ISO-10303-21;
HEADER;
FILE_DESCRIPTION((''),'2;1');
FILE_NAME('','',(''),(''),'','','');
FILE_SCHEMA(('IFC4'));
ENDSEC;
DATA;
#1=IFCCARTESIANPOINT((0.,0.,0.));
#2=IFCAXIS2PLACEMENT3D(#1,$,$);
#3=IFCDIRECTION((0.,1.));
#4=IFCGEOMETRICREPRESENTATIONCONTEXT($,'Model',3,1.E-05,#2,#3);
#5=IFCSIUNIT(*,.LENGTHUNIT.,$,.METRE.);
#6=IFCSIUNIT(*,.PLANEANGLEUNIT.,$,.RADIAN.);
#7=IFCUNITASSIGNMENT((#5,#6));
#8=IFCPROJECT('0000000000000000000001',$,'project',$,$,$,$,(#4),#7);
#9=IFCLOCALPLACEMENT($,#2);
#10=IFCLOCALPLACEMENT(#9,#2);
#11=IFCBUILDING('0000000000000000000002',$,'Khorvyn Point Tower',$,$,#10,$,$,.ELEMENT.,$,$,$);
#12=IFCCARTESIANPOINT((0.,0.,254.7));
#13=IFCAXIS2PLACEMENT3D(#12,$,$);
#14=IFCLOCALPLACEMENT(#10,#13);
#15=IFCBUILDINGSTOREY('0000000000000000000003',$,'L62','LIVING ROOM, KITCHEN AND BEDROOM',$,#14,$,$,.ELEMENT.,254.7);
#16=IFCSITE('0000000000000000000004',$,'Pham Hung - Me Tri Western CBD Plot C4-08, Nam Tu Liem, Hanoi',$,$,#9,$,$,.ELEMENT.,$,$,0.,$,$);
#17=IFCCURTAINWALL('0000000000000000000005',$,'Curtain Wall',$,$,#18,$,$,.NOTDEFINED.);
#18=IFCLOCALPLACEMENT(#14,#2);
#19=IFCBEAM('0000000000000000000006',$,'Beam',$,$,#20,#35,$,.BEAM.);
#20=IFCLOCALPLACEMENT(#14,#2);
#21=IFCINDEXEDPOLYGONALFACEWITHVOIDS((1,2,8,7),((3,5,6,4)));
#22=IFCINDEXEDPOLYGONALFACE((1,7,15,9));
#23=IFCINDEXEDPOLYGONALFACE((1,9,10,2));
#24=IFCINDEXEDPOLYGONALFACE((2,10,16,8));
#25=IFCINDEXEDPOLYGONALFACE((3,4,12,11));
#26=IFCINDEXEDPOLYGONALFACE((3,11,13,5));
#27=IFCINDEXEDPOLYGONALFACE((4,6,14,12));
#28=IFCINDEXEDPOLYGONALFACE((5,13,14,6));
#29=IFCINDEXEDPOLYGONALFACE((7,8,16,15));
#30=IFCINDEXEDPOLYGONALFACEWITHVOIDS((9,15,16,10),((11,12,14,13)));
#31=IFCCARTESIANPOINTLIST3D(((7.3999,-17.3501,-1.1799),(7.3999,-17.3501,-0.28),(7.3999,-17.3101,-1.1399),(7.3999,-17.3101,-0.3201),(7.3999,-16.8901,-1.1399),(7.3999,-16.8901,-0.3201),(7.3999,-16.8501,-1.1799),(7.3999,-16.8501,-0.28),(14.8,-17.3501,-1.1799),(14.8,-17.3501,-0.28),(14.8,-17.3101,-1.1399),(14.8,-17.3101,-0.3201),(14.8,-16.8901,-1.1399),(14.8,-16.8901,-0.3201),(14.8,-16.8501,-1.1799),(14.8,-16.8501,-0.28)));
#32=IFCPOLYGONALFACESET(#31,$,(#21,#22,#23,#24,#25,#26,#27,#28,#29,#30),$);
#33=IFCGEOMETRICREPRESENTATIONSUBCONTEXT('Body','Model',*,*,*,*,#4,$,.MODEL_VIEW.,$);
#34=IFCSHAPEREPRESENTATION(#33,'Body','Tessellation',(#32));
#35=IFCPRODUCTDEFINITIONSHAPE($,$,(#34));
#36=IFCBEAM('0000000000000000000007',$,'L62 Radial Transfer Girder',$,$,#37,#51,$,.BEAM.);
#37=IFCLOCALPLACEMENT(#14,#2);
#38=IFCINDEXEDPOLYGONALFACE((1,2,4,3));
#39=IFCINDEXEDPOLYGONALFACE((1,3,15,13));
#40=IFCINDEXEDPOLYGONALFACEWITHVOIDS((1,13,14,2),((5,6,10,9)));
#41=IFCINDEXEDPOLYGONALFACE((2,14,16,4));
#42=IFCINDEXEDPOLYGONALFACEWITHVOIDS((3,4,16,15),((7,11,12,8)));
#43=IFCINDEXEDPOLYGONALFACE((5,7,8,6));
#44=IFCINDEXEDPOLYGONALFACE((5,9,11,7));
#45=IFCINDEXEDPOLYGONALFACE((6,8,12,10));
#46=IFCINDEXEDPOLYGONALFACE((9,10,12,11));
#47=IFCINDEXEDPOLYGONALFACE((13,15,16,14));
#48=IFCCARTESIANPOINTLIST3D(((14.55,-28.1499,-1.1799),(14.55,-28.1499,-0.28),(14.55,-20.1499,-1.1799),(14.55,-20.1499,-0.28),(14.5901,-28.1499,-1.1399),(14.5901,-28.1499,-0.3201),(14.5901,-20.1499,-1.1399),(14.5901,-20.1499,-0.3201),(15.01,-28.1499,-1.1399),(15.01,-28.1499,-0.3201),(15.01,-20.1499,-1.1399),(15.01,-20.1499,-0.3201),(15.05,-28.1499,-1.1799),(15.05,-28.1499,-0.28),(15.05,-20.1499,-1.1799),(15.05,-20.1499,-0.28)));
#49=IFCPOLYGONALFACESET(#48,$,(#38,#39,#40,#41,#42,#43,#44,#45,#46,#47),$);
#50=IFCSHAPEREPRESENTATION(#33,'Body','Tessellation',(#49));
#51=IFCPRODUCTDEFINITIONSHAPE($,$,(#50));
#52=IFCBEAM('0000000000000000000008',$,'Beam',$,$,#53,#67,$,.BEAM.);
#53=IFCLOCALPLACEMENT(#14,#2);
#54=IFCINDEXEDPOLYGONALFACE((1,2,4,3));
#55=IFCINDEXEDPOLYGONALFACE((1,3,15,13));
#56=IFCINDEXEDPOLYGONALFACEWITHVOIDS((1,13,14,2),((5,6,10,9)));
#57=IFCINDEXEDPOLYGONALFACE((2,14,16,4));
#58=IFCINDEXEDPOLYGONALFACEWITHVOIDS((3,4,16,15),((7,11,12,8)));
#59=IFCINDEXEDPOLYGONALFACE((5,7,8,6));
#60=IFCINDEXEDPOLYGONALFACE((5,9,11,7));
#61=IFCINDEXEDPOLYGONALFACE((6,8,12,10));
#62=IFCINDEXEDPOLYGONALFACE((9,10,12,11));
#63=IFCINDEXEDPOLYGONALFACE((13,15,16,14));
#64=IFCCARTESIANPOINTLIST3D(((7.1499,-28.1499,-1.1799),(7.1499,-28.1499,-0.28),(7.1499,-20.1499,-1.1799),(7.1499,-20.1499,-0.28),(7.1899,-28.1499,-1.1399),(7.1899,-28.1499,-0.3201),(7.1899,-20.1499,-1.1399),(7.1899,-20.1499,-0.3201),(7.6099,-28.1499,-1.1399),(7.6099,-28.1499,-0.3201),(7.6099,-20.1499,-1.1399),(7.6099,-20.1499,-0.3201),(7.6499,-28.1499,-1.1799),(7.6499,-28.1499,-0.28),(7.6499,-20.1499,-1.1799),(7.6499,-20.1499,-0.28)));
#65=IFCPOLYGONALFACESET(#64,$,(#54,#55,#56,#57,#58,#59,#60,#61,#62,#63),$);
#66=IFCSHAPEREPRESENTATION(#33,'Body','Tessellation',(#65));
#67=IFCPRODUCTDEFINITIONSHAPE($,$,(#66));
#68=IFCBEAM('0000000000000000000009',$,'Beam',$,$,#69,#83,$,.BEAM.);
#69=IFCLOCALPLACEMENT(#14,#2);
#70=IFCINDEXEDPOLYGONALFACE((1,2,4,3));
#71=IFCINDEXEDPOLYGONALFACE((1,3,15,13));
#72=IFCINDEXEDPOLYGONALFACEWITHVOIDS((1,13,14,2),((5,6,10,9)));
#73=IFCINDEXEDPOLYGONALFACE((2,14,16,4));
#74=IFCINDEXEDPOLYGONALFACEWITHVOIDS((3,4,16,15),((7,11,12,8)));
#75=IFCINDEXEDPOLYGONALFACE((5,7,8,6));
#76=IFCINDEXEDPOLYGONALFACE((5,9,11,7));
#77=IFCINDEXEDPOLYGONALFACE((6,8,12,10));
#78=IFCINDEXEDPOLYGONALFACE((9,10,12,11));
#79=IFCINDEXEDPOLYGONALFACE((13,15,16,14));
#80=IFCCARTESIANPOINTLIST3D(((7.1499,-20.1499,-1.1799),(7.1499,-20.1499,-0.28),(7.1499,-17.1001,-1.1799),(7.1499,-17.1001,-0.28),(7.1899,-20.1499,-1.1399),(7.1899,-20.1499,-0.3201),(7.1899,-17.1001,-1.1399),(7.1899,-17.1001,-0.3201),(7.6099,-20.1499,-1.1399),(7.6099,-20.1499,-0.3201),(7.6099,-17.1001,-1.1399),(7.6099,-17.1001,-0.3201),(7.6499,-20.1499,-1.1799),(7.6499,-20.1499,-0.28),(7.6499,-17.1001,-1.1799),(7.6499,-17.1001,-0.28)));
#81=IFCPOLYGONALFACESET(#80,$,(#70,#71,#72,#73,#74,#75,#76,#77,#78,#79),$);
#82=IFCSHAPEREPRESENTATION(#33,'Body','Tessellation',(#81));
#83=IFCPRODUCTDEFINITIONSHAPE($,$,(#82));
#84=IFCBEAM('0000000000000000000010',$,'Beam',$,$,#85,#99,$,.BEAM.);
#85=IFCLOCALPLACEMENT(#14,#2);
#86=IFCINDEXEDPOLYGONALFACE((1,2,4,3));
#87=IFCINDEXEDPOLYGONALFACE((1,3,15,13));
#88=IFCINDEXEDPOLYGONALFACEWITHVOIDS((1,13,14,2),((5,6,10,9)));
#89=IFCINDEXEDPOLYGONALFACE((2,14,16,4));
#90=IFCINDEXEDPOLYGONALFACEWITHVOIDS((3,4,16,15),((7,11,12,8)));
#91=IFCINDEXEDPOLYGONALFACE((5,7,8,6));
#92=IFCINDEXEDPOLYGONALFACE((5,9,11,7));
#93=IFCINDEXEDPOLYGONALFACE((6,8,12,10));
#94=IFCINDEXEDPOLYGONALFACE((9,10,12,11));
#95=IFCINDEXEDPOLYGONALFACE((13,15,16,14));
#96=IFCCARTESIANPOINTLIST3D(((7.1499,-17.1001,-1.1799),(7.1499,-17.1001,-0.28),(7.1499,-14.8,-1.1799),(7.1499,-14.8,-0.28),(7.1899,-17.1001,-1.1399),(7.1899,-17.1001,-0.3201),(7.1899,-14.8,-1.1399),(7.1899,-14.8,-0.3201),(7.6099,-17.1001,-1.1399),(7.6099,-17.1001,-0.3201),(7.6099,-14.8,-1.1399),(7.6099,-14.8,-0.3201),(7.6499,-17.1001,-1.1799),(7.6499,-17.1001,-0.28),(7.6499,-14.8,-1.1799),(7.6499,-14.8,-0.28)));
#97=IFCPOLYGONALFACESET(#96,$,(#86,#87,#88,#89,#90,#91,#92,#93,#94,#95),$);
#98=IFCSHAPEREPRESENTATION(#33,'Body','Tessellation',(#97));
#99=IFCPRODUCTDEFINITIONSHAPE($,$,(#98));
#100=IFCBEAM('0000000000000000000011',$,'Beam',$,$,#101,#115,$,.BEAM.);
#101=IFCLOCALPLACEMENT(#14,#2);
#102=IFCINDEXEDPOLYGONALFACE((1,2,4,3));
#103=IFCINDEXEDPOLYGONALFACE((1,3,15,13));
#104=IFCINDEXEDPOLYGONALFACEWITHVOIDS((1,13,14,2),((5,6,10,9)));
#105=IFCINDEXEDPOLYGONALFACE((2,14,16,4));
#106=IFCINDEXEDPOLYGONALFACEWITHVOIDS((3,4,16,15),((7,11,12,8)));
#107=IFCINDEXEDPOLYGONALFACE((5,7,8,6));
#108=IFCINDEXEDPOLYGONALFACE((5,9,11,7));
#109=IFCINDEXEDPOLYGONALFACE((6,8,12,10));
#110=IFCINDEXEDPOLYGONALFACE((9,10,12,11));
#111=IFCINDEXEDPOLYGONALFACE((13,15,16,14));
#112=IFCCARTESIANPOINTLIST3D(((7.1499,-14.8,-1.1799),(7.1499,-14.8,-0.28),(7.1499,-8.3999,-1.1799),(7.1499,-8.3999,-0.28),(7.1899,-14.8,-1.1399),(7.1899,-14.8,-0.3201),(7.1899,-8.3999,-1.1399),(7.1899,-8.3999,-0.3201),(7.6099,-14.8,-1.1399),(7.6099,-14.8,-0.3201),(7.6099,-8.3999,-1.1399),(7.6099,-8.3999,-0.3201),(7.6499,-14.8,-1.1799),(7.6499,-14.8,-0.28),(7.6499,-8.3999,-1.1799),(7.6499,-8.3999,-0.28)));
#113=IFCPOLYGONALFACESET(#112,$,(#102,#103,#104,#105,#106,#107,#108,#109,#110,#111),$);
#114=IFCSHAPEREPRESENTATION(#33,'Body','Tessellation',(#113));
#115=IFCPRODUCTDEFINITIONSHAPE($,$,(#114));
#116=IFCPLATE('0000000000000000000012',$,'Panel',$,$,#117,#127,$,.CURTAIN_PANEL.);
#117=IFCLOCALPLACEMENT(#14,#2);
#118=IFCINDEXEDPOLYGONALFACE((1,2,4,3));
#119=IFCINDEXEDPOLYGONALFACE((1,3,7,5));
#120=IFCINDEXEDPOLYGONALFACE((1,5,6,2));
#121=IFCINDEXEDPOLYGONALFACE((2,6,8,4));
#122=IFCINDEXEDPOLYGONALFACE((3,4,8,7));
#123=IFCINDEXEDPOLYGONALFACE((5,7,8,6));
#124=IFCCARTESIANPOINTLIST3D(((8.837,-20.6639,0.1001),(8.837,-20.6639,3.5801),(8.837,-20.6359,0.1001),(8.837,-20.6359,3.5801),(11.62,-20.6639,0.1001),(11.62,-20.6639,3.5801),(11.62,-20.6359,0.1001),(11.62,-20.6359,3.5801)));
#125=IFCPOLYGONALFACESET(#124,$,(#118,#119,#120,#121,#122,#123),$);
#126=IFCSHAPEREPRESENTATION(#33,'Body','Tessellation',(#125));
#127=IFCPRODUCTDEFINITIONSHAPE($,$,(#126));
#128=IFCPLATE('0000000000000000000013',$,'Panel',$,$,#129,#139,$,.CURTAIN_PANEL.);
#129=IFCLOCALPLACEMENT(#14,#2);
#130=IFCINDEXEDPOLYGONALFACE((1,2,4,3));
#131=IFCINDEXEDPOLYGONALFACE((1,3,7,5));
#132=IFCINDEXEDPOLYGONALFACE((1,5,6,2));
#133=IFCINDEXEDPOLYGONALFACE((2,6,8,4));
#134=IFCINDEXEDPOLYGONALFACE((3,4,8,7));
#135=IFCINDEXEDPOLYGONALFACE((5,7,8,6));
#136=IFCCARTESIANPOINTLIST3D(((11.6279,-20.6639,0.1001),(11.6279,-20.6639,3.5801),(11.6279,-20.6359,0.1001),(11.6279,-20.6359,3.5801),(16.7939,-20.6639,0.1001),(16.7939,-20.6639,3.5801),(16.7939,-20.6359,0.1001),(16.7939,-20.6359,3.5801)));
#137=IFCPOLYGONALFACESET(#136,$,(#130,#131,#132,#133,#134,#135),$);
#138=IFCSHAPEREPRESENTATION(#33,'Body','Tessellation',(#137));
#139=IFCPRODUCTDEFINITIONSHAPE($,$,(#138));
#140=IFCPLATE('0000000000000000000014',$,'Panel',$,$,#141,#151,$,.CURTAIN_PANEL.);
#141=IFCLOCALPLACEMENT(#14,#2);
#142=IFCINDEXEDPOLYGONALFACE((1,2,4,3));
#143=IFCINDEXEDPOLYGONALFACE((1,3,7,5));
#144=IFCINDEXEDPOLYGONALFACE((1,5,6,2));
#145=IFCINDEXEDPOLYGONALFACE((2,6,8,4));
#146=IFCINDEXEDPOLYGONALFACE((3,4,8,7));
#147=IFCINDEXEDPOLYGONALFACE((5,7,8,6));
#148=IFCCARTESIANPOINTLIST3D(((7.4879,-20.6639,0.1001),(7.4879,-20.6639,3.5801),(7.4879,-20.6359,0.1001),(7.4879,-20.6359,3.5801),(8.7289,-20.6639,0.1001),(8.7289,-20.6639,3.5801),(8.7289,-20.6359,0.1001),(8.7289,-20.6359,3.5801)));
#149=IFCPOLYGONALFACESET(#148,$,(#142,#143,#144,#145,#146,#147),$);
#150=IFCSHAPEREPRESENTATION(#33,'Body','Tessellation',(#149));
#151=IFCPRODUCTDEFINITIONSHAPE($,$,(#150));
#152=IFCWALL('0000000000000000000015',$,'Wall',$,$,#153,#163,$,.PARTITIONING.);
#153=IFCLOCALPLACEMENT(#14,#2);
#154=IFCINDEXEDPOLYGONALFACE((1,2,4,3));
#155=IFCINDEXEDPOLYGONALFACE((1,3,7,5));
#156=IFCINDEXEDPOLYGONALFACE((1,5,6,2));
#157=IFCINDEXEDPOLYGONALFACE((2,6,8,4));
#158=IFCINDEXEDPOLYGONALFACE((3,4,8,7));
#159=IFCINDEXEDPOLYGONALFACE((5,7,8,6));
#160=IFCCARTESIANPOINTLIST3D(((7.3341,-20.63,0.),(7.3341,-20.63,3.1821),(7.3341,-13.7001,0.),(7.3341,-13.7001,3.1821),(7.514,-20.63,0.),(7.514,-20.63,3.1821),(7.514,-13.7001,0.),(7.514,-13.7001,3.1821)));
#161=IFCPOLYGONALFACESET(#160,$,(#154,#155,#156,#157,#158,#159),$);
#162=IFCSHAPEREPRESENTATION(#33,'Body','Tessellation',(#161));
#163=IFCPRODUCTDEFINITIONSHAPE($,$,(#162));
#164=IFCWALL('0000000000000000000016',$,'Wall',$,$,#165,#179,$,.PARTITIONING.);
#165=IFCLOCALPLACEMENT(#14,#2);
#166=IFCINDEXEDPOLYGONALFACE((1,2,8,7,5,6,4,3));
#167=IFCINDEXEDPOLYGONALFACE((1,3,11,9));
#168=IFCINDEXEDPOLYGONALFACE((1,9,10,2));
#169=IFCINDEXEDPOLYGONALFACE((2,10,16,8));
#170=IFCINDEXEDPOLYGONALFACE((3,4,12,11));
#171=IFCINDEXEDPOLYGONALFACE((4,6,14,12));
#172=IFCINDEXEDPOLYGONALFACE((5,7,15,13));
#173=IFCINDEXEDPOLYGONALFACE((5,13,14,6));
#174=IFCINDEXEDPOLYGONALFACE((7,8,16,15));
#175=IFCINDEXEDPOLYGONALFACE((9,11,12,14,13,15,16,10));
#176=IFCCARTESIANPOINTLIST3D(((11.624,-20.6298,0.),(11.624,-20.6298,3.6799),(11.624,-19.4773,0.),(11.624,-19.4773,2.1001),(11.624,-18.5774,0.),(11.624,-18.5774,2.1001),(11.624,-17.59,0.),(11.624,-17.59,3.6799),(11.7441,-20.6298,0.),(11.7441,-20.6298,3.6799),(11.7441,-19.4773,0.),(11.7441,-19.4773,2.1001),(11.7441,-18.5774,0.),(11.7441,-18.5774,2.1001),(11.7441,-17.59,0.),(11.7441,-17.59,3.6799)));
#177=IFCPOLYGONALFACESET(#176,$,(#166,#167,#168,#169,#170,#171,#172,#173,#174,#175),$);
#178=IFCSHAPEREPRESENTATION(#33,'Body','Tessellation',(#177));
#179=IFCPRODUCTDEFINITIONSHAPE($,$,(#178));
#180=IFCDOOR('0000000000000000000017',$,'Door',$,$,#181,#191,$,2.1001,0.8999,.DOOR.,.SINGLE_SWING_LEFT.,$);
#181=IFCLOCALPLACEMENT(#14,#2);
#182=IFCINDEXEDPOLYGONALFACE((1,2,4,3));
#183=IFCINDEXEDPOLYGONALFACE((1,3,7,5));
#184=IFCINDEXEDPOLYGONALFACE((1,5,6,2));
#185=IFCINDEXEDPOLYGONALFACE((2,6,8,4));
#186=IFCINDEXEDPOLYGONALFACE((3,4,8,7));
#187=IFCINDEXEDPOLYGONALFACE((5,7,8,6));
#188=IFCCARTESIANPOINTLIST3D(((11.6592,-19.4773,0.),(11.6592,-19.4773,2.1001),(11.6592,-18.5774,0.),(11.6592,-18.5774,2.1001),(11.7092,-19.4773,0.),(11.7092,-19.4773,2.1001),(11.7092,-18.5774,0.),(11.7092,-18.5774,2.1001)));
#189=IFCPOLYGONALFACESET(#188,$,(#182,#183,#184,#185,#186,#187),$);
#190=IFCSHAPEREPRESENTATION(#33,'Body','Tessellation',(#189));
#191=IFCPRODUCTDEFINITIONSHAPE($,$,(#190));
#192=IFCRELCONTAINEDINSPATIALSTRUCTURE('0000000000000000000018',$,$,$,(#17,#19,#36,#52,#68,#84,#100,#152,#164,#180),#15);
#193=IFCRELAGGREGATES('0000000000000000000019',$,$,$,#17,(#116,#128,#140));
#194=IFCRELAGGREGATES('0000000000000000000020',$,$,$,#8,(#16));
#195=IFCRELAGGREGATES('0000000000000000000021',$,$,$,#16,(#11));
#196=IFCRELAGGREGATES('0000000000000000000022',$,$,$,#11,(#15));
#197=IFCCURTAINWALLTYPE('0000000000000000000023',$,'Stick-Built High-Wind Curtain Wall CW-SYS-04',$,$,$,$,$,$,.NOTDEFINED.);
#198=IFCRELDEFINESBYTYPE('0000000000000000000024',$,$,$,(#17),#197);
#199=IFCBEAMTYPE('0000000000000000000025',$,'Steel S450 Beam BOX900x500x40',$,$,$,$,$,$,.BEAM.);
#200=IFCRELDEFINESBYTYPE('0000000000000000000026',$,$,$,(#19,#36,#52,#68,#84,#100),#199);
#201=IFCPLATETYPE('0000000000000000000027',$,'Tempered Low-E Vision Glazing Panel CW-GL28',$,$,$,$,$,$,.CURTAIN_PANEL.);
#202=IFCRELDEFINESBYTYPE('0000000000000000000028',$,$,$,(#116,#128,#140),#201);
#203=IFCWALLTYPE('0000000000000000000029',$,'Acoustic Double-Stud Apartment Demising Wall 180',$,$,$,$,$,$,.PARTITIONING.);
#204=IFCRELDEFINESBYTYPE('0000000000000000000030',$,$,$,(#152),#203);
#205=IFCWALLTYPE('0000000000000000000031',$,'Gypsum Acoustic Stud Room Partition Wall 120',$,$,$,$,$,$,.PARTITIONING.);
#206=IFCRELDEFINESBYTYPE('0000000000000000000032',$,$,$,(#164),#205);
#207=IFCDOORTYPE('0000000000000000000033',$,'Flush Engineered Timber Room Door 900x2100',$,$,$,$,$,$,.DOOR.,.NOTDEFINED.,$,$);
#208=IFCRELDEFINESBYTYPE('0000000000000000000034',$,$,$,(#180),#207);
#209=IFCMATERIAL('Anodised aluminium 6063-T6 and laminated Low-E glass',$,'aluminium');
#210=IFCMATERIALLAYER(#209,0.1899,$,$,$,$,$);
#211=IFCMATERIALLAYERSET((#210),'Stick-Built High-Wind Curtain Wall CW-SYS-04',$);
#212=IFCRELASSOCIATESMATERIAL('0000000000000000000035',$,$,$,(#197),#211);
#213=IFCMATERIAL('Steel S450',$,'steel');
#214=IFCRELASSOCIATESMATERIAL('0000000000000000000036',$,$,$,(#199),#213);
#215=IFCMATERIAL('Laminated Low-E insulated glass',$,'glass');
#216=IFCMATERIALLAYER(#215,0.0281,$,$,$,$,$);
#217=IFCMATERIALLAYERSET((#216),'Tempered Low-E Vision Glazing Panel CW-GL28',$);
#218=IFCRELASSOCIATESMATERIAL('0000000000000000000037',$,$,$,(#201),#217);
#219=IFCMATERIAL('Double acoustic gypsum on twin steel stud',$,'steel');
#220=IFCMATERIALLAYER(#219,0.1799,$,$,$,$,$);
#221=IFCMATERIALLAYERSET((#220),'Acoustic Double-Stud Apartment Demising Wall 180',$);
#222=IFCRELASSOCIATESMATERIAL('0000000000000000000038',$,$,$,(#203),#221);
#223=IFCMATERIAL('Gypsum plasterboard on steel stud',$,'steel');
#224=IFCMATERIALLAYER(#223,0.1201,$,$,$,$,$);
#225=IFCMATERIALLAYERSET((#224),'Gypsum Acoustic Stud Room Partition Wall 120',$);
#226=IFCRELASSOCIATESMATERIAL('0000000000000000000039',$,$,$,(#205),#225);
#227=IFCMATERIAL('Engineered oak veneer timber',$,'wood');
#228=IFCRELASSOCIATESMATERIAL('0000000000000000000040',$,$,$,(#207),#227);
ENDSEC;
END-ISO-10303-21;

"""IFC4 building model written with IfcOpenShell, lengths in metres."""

from ifc_helpers import new_model, si_unit, direction, frame, frame_2d, origin, origin_2d, place, context, subcontext, project, spatial, rectangle, hollow_rectangle, extrude, material, layer, layer_set, material_profile, profile_set, type_object, element, fill, aggregate, save


model = new_model("IFC4")

# Units and contexts
model_context = context("Model", 3, precision=1e-05, world=origin(), true_north=direction((0.0, 1.0)))
body_context = subcontext(model_context, "Body", "Model", "MODEL_VIEW")
ifc_project = project(units=[si_unit("LENGTHUNIT", "METRE"), si_unit("PLANEANGLEUNIT", "RADIAN")], contexts=[model_context])

# Site, building, storey
site_placement = place(None, origin())
site = spatial("IfcSite", under=ifc_project, at=site_placement, Name="Pham Hung - Me Tri Western CBD Plot C4-08, Nam Tu Liem, Hanoi", CompositionType="ELEMENT", RefElevation=0.0)
building_placement = place(site_placement, origin())
building = spatial("IfcBuilding", under=site, at=building_placement, Name="Khorvyn Point Tower", CompositionType="ELEMENT")
storey_placement = place(building_placement, frame((0.0, 0.0, 254.7)))
storey = spatial("IfcBuildingStorey", under=building, at=storey_placement, Name="L62", Description="LIVING ROOM, KITCHEN AND BEDROOM", CompositionType="ELEMENT", Elevation=254.7)

# Shared definitions
ifc_material_1 = material(Name="Steel S450", Category="steel")

# Curtain wall
ifc_material_2 = material(Name="Anodised aluminium 6063-T6 and laminated Low-E glass", Category="aluminium")
ifc_layer_1 = layer(ifc_material_2, 0.1899)
ifc_layer_set_1 = layer_set([ifc_layer_1], Name="Stick-Built High-Wind Curtain Wall CW-SYS-04")
curtain_wall_type = type_object("IfcCurtainWallType", Name="Stick-Built High-Wind Curtain Wall CW-SYS-04", PredefinedType="NOTDEFINED", material=ifc_layer_set_1)
curtain_wall_placement = place(storey_placement, origin())
curtain_wall = element("IfcCurtainWall", 1, at=curtain_wall_placement, inside=storey, type_object=curtain_wall_type, Name="Curtain Wall", PredefinedType="NOTDEFINED")

# Beams
ifc_material_profile_1 = material_profile(ifc_material_1, hollow_rectangle(XDim=0.5, YDim=0.8999, WallThickness=0.04, at=origin_2d()))
ifc_profile_set_1 = profile_set([ifc_material_profile_1], Name="Steel S450 BOX900x500x40")
beam_type_1 = type_object("IfcBeamType", Name="Steel S450 Beam BOX900x500x40", PredefinedType="BEAM", material=ifc_profile_set_1)
for number, where, z_axis, x_axis, name in (
    (2, (7.3999, -17.1001, -0.73), (1.0, 0.0, 0.0), (0.0, 1.0, 0.0), "Beam"),
):
    element("IfcBeam", number, at=place(storey_placement, frame(where, z_axis=z_axis, x_axis=x_axis)), inside=storey, type_object=beam_type_1, Name=name, PredefinedType="BEAM", context=body_context, shape_type="SweptSolid", body=[
        extrude(hollow_rectangle(XDim=0.5, YDim=0.8999, WallThickness=0.04, at=origin_2d()), origin(), (0.0, 0.0, 1.0), 7.4001),
    ])
for number, where, z_axis, x_axis, name in (
    (3, (14.8, -28.1499, -0.73), (0.0, 1.0, 0.0), (-1.0, 0.0, 0.0), "L62 Radial Transfer Girder"),
    (4, (7.3999, -28.1499, -0.73), (0.0, 1.0, 0.0), (-1.0, 0.0, 0.0), "Beam"),
):
    element("IfcBeam", number, at=place(storey_placement, frame(where, z_axis=z_axis, x_axis=x_axis)), inside=storey, type_object=beam_type_1, Name=name, PredefinedType="BEAM", context=body_context, shape_type="SweptSolid", body=[
        extrude(hollow_rectangle(XDim=0.5, YDim=0.8999, WallThickness=0.04, at=origin_2d()), origin(), (0.0, 0.0, 1.0), 8.0),
    ])
beam_1_placement = place(storey_placement, frame((7.3999, -20.1499, -0.73), z_axis=(0.0, 1.0, 0.0), x_axis=(-1.0, 0.0, 0.0)))
element("IfcBeam", 5, at=beam_1_placement, inside=storey, type_object=beam_type_1, Name="Beam", PredefinedType="BEAM", context=body_context, shape_type="SweptSolid", body=[
    extrude(hollow_rectangle(XDim=0.5, YDim=0.8999, WallThickness=0.04, at=origin_2d()), origin(), (0.0, 0.0, 1.0), 3.0498),
])
beam_2_placement = place(storey_placement, frame((7.3999, -17.1001, -0.73), z_axis=(0.0, 1.0, 0.0), x_axis=(-1.0, 0.0, 0.0)))
element("IfcBeam", 6, at=beam_2_placement, inside=storey, type_object=beam_type_1, Name="Beam", PredefinedType="BEAM", context=body_context, shape_type="SweptSolid", body=[
    extrude(hollow_rectangle(XDim=0.5, YDim=0.8999, WallThickness=0.04, at=origin_2d()), origin(), (0.0, 0.0, 1.0), 2.3),
])
beam_3_placement = place(storey_placement, frame((7.3999, -14.8, -0.73), z_axis=(0.0, 1.0, 0.0), x_axis=(-1.0, 0.0, 0.0)))
element("IfcBeam", 7, at=beam_3_placement, inside=storey, type_object=beam_type_1, Name="Beam", PredefinedType="BEAM", context=body_context, shape_type="SweptSolid", body=[
    extrude(hollow_rectangle(XDim=0.5, YDim=0.8999, WallThickness=0.04, at=origin_2d()), origin(), (0.0, 0.0, 1.0), 6.4001),
])

# Plates
ifc_material_3 = material(Name="Laminated Low-E insulated glass", Category="glass")
ifc_layer_2 = layer(ifc_material_3, 0.0281)
ifc_layer_set_2 = layer_set([ifc_layer_2], Name="Tempered Low-E Vision Glazing Panel CW-GL28")
plate_type = type_object("IfcPlateType", Name="Tempered Low-E Vision Glazing Panel CW-GL28", PredefinedType="CURTAIN_PANEL", material=ifc_layer_set_2)
plate_1_placement = place(storey_placement, frame((10.2285, -20.6499, 0.1001), z_axis=(0.0, 0.0, 1.0), x_axis=(-1.0, 0.0, 0.0)))
plate_1 = element("IfcPlate", 8, at=plate_1_placement, type_object=plate_type, Name="Panel", PredefinedType="CURTAIN_PANEL", context=body_context, shape_type="SweptSolid", body=[
    extrude(rectangle(XDim=2.783, YDim=0.0281, at=origin_2d()), origin(), (0.0, 0.0, 1.0), 3.48),
])
plate_2_placement = place(storey_placement, frame((14.2109, -20.6499, 0.1001), z_axis=(0.0, 0.0, 1.0), x_axis=(-1.0, 0.0, 0.0)))
plate_2 = element("IfcPlate", 9, at=plate_2_placement, type_object=plate_type, Name="Panel", PredefinedType="CURTAIN_PANEL", context=body_context, shape_type="SweptSolid", body=[
    extrude(rectangle(XDim=5.166, YDim=0.0281, at=origin_2d()), origin(), (0.0, 0.0, 1.0), 3.48),
])
plate_3_placement = place(storey_placement, frame((8.1084, -20.6499, 0.1001), z_axis=(0.0, 0.0, 1.0), x_axis=(-1.0, 0.0, 0.0)))
plate_3 = element("IfcPlate", 10, at=plate_3_placement, type_object=plate_type, Name="Panel", PredefinedType="CURTAIN_PANEL", context=body_context, shape_type="SweptSolid", body=[
    extrude(rectangle(XDim=1.241, YDim=0.0281, at=origin_2d()), origin(), (0.0, 0.0, 1.0), 3.48),
])
aggregate(curtain_wall, [plate_1, plate_2, plate_3])

# Wall
ifc_material_4 = material(Name="Double acoustic gypsum on twin steel stud", Category="steel")
ifc_layer_3 = layer(ifc_material_4, 0.1799)
ifc_layer_set_3 = layer_set([ifc_layer_3], Name="Acoustic Double-Stud Apartment Demising Wall 180")
wall_type_1 = type_object("IfcWallType", Name="Acoustic Double-Stud Apartment Demising Wall 180", PredefinedType="PARTITIONING", material=ifc_layer_set_3)
wall_1_placement = place(storey_placement, frame((7.4241, -20.6299, 0.0), z_axis=(0.0, 0.0, 1.0), x_axis=(0.0, 1.0, 0.0)))
element("IfcWall", 11, at=wall_1_placement, inside=storey, type_object=wall_type_1, Name="Wall", PredefinedType="PARTITIONING", context=body_context, shape_type="SweptSolid", body=[
    extrude(rectangle(XDim=6.9299, YDim=0.1799, at=frame_2d((3.4648, 0.0))), origin(), (0.0, 0.0, 1.0), 3.1821),
])

# Wall, opening, door
ifc_material_5 = material(Name="Gypsum plasterboard on steel stud", Category="steel")
ifc_layer_4 = layer(ifc_material_5, 0.1201)
ifc_layer_set_4 = layer_set([ifc_layer_4], Name="Gypsum Acoustic Stud Room Partition Wall 120")
wall_type_2 = type_object("IfcWallType", Name="Gypsum Acoustic Stud Room Partition Wall 120", PredefinedType="PARTITIONING", material=ifc_layer_set_4)
wall_2_placement = place(storey_placement, frame((11.6841, -20.6299, 0.0), z_axis=(0.0, 0.0, 1.0), x_axis=(0.0, 1.0, 0.0)))
wall_2 = element("IfcWall", 12, at=wall_2_placement, inside=storey, type_object=wall_type_2, Name="Wall", PredefinedType="PARTITIONING", context=body_context, shape_type="SweptSolid", body=[
    extrude(rectangle(XDim=3.0398, YDim=0.1201, at=frame_2d((1.52, 0.0))), origin(), (0.0, 0.0, 1.0), 3.6799),
])
opening_1_placement = place(wall_2_placement, frame((1.1526, 0.0, 0.0)))
opening_1 = element("IfcOpeningElement", 13, at=opening_1_placement, cuts=wall_2, PredefinedType="OPENING", context=body_context, shape_type="SweptSolid", body=[
    extrude(rectangle(XDim=0.8999, YDim=2.1001, at=frame_2d((0.45, 1.05))), frame((0.0, 0.0701, 0.0), z_axis=(0.0, -1.0, 0.0), x_axis=(1.0, 0.0, 0.0)), (0.0, 0.0, 1.0), 0.1401),
])
ifc_material_6 = material(Name="Engineered oak veneer timber", Category="wood")
door_type_1 = type_object("IfcDoorType", Name="Flush Engineered Timber Room Door 900x2100", OperationType="NOTDEFINED", PredefinedType="DOOR", material=ifc_material_6)
door_1_placement = place(opening_1_placement, origin())
door_1 = element("IfcDoor", 14, at=door_1_placement, inside=storey, type_object=door_type_1, Name="Door", OperationType="SINGLE_SWING_LEFT", OverallHeight=2.1001, OverallWidth=0.8999, PredefinedType="DOOR", context=body_context, shape_type="SweptSolid", body=[
    extrude(rectangle(XDim=0.8999, YDim=2.1001, at=frame_2d((0.45, 1.05))), frame((0.0, 0.0249, 0.0), z_axis=(0.0, -1.0, 0.0), x_axis=(1.0, 0.0, 0.0)), (0.0, 0.0, 1.0), 0.05),
])
fill(opening_1, door_1)

save(model, "model.ifc")
